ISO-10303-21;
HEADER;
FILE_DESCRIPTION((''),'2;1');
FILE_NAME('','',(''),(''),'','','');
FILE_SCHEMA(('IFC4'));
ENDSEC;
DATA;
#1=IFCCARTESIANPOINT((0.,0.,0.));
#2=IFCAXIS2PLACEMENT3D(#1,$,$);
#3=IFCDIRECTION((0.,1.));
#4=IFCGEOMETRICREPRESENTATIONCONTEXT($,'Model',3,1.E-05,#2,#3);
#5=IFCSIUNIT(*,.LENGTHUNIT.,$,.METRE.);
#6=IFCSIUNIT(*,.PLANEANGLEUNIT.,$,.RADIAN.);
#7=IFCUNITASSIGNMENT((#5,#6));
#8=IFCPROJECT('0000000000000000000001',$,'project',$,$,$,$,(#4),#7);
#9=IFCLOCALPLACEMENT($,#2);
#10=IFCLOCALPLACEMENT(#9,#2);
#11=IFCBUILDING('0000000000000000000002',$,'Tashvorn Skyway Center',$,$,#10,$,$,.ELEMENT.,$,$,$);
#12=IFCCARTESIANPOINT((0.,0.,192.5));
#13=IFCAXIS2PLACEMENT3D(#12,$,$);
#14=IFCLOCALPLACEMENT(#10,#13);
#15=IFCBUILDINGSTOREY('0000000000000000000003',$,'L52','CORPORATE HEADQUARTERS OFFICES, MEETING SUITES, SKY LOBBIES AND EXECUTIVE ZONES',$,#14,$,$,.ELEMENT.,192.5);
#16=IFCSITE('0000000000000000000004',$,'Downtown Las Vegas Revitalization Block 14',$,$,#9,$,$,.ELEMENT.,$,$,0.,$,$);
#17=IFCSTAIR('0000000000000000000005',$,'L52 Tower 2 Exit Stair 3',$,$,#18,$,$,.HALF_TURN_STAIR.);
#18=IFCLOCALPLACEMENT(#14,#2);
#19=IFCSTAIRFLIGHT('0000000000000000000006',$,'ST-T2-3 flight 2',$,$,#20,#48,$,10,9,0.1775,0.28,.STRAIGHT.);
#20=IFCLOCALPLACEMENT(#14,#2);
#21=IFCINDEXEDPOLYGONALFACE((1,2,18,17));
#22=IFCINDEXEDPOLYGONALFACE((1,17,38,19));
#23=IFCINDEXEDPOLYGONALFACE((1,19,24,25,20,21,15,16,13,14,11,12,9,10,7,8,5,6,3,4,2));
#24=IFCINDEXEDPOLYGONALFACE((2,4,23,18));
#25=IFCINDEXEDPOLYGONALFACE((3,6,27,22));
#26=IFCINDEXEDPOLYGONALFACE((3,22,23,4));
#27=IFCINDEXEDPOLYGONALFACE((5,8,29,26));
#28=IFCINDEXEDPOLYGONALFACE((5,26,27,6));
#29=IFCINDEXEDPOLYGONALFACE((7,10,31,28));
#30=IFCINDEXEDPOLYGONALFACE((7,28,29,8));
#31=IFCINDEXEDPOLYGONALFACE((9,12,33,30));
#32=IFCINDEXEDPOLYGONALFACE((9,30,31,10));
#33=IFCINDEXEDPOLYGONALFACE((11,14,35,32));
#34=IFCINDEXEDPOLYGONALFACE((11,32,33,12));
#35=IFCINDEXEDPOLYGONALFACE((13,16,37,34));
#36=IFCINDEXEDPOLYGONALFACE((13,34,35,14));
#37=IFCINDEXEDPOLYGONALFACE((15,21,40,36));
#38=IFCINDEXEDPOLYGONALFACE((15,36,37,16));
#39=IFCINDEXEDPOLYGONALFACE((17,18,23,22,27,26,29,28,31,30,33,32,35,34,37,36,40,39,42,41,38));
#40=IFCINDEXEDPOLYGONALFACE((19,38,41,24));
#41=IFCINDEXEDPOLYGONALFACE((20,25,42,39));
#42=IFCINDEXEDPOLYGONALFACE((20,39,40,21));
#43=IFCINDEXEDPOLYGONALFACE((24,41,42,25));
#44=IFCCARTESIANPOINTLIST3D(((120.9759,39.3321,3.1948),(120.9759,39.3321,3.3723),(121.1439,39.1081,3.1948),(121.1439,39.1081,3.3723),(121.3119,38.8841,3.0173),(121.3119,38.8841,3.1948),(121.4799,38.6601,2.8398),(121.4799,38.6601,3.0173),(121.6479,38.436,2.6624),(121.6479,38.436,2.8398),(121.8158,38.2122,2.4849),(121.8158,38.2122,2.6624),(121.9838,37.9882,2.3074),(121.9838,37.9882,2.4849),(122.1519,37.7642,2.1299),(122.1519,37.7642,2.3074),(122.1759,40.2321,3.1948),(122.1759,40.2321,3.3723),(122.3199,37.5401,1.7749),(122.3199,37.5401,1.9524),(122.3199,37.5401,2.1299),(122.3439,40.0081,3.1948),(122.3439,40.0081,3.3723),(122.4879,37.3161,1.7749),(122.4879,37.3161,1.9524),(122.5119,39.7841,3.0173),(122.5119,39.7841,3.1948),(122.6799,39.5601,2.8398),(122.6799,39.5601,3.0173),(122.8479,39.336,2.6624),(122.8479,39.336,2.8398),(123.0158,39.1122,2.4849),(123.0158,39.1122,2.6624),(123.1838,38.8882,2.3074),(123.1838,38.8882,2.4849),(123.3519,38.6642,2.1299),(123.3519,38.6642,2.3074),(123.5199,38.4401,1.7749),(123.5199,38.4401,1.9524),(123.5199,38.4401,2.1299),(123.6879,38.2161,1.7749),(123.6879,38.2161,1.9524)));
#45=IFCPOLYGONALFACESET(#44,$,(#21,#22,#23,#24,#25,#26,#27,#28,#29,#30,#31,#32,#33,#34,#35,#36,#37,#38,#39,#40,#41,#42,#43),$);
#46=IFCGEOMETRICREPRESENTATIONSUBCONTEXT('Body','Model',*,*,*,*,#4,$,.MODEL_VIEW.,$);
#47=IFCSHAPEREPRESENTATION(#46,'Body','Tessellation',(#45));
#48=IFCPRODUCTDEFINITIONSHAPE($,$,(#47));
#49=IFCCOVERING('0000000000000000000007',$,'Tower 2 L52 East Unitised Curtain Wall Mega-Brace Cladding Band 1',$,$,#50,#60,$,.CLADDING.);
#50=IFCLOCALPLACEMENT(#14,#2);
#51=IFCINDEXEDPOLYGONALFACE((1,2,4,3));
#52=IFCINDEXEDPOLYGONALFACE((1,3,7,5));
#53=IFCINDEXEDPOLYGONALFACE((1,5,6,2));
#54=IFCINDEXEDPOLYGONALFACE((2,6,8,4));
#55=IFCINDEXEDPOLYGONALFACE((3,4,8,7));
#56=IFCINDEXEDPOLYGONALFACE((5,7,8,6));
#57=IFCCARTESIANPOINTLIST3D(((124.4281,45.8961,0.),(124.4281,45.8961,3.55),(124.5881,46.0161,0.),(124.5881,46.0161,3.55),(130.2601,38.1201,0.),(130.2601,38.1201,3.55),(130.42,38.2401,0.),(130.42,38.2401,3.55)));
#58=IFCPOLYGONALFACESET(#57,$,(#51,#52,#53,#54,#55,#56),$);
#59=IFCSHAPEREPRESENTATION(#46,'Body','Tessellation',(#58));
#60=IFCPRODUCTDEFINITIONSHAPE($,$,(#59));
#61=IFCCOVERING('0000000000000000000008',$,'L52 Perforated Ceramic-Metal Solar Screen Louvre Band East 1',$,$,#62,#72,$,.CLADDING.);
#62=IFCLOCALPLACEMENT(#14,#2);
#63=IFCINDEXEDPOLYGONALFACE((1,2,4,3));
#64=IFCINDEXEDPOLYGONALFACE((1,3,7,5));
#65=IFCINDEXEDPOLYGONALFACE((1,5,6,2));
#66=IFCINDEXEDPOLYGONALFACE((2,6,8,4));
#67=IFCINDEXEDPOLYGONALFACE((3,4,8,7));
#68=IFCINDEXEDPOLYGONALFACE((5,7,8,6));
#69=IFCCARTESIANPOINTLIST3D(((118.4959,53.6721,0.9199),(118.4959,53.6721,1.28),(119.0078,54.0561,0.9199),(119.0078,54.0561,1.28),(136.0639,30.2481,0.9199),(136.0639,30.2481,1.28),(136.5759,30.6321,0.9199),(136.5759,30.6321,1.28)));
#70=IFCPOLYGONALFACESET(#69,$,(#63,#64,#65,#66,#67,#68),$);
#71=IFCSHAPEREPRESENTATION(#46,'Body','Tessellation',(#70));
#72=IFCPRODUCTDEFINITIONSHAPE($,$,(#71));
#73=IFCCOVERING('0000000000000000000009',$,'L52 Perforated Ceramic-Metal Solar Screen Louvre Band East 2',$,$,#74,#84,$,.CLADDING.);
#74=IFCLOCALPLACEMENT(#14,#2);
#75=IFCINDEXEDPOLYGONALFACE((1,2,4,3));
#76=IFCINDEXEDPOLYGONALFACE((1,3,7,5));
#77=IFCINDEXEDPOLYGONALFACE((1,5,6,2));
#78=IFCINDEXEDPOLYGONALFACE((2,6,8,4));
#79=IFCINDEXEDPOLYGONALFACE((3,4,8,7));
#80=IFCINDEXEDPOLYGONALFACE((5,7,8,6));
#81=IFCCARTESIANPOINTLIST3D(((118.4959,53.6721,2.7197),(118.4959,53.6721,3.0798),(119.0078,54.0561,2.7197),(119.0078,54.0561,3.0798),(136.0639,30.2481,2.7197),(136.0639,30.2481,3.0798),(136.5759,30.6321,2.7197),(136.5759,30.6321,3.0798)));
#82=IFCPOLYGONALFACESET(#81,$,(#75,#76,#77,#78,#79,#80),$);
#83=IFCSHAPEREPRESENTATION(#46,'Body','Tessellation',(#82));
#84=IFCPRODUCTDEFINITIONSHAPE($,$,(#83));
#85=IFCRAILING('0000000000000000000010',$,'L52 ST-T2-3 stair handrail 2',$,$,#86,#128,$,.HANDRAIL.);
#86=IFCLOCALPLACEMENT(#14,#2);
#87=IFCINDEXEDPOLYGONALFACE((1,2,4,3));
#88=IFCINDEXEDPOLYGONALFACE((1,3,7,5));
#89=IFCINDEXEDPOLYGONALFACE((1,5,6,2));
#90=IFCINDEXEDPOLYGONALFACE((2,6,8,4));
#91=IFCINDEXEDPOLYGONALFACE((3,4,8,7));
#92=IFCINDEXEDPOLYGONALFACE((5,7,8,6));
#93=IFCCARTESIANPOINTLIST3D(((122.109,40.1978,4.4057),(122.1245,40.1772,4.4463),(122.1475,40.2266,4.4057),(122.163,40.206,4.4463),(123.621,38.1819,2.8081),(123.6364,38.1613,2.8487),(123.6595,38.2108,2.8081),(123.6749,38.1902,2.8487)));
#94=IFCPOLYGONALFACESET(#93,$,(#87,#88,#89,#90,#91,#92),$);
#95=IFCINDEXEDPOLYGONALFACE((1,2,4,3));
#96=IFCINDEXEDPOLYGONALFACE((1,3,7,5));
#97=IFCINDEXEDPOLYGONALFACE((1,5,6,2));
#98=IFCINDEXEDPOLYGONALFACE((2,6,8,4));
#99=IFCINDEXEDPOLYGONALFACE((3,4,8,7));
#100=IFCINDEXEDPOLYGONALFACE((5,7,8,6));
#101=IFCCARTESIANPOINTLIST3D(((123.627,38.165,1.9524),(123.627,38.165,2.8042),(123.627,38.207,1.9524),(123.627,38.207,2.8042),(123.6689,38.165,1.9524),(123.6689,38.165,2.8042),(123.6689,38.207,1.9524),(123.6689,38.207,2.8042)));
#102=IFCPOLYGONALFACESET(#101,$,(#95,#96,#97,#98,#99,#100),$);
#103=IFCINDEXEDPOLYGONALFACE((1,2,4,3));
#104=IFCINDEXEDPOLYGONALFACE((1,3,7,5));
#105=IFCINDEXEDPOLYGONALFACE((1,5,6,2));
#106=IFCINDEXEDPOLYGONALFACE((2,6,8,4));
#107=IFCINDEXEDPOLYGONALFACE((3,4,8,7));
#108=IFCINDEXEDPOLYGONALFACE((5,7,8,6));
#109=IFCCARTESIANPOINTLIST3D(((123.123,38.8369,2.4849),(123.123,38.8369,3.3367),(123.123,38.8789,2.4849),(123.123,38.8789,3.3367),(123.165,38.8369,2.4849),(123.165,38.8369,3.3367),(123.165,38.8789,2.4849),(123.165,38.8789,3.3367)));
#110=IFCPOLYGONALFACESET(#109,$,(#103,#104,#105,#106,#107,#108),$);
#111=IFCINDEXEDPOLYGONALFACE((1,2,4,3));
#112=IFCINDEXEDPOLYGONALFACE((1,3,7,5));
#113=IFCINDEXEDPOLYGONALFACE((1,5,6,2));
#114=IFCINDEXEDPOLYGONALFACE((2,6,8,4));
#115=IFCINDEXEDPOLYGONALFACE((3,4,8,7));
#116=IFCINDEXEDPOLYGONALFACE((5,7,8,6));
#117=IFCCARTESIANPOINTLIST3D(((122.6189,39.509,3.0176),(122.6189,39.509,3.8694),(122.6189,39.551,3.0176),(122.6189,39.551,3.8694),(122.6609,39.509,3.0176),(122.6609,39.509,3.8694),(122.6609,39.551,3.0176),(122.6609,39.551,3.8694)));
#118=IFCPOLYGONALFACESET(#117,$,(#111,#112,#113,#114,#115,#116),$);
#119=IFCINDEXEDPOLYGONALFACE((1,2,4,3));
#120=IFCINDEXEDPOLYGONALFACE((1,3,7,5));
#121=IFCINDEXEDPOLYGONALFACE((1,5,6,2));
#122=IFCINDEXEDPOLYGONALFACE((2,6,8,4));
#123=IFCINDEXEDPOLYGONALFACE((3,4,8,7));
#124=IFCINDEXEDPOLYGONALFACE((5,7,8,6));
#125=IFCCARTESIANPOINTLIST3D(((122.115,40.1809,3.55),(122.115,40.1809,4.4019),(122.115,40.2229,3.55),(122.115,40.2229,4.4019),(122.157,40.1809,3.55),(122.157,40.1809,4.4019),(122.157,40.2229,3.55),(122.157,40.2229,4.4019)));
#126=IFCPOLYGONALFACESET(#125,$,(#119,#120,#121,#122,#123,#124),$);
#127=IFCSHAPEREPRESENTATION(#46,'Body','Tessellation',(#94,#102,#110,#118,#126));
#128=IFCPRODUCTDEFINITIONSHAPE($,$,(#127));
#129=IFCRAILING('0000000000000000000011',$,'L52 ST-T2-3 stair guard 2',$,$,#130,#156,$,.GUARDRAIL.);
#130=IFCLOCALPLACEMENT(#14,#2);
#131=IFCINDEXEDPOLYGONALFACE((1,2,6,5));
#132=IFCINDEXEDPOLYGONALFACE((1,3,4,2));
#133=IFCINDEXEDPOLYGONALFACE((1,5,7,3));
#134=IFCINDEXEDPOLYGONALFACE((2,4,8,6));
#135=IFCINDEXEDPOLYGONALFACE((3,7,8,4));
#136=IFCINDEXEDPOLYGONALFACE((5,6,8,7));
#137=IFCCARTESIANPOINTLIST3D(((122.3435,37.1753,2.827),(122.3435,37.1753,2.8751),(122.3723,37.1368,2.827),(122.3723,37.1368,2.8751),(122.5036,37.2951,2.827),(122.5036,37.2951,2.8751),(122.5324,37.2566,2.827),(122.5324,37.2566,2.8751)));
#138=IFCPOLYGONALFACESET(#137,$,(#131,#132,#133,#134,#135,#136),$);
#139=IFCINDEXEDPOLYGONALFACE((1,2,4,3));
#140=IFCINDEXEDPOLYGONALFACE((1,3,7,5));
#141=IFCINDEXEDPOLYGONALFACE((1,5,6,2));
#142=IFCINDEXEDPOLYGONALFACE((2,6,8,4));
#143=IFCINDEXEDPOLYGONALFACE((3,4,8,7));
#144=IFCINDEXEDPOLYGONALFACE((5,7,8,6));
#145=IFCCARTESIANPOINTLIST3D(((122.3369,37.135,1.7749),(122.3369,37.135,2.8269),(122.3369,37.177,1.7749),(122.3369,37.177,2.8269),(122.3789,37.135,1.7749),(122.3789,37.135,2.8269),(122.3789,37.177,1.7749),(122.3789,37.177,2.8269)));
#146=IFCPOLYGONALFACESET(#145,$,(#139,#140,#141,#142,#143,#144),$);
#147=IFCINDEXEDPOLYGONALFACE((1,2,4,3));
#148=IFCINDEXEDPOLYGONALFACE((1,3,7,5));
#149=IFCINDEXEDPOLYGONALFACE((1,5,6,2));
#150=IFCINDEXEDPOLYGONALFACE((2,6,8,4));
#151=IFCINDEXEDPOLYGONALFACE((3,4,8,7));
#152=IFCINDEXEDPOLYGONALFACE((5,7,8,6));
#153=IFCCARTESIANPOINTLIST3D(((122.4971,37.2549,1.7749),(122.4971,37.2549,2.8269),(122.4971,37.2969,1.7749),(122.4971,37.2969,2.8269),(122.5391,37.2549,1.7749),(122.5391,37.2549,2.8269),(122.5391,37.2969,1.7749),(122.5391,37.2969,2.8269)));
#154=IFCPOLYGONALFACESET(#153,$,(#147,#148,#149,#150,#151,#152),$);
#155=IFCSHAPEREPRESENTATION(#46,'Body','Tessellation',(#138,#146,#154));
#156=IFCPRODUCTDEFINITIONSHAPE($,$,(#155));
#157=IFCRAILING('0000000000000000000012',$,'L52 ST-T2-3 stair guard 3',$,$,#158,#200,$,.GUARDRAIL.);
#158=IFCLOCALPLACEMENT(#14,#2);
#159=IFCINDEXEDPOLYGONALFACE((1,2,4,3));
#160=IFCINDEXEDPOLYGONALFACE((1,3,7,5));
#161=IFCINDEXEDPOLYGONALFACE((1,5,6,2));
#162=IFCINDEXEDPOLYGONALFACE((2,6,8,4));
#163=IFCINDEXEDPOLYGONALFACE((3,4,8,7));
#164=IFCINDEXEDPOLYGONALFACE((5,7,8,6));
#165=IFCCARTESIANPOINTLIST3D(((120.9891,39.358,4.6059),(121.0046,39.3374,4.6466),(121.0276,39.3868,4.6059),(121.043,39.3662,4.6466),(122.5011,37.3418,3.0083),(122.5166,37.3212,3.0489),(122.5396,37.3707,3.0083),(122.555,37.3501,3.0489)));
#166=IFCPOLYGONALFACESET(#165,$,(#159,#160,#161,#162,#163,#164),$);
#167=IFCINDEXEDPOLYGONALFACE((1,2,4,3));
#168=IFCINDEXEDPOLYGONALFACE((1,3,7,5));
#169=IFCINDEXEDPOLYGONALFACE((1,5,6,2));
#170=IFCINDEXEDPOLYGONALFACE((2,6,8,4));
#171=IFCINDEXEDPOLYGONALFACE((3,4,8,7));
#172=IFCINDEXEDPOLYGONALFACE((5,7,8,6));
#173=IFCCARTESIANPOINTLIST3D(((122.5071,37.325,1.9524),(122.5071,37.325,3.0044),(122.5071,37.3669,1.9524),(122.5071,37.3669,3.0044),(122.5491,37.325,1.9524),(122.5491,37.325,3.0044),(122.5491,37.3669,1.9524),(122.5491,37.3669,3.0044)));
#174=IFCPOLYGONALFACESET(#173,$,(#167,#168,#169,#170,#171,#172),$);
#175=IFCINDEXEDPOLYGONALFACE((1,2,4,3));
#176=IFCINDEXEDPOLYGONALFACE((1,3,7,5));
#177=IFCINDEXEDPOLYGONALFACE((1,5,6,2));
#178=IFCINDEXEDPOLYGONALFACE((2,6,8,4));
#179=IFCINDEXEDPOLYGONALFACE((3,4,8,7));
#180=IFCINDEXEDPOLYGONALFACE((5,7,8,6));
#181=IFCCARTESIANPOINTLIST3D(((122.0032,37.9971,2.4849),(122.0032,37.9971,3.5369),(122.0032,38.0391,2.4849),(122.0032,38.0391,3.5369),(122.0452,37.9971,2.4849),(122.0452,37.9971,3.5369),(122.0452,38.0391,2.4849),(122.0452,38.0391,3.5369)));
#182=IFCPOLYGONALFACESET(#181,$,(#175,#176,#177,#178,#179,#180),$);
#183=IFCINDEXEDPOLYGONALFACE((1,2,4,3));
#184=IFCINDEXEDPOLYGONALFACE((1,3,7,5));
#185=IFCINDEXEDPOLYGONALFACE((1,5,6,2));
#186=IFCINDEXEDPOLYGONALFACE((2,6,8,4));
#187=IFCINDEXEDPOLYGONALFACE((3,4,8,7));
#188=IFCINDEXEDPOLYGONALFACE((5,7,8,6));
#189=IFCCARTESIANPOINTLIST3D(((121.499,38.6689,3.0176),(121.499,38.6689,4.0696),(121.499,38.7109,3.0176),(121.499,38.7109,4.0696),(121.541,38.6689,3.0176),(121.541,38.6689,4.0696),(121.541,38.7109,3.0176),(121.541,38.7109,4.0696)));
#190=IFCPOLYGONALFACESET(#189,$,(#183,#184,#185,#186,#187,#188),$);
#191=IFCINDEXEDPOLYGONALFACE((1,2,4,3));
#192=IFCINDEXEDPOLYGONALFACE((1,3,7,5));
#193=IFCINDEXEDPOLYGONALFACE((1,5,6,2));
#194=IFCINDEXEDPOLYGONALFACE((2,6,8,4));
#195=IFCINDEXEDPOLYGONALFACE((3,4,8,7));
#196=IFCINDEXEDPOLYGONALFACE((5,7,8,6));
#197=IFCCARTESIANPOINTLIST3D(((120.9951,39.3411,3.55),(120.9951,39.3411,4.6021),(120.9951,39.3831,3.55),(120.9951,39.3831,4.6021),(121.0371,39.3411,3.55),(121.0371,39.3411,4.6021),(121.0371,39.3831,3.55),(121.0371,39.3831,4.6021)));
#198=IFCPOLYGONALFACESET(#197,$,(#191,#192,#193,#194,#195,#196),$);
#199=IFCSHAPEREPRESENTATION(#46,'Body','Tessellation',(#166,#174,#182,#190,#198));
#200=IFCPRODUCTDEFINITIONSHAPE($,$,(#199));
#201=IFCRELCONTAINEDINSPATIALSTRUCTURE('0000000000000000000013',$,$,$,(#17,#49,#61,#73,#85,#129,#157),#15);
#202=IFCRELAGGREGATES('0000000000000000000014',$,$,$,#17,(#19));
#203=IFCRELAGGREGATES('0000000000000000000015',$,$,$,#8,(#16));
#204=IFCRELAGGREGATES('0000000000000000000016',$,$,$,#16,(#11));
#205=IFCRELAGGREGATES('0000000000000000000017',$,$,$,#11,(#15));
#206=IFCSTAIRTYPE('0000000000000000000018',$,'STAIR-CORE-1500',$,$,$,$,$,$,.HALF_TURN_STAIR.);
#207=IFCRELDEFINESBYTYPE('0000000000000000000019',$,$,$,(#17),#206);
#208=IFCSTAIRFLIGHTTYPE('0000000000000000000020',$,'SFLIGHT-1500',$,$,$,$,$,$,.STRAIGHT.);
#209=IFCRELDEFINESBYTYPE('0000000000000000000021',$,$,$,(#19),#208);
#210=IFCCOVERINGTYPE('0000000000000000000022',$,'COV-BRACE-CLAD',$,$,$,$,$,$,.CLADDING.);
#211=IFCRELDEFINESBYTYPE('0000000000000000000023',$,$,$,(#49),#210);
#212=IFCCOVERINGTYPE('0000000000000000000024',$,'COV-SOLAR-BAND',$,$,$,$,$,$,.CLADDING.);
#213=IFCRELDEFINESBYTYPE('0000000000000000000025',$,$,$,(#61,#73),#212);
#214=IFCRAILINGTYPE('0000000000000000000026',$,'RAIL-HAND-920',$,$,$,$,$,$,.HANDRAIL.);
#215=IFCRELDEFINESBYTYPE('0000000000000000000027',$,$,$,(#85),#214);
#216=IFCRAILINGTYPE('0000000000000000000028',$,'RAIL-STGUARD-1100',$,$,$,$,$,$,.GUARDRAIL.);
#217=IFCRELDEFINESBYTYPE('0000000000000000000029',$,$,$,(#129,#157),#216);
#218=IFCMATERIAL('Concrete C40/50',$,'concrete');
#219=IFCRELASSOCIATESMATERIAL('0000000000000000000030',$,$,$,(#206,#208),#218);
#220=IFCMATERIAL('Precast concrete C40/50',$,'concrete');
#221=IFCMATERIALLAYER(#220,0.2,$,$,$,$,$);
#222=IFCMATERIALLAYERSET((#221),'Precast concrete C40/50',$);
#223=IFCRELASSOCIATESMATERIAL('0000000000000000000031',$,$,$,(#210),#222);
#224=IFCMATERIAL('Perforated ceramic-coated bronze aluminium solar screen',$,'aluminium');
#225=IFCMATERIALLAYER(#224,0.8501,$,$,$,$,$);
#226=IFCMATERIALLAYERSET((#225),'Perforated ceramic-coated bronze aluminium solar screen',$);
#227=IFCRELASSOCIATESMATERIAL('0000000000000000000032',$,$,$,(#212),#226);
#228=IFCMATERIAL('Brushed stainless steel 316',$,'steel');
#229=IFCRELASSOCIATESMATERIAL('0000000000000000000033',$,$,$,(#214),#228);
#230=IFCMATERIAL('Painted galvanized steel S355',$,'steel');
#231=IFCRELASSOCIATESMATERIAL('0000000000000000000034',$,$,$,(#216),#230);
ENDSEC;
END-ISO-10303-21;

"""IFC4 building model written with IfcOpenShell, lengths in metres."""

from ifc_helpers import new_model, si_unit, direction, frame, origin, origin_2d, place, context, subcontext, project, spatial, polyline, rectangle, outline, extrude, material, layer, layer_set, type_object, element, aggregate, save


model = new_model("IFC4")

# Units and contexts
model_context = context("Model", 3, precision=1e-05, world=origin(), true_north=direction((0.0, 1.0)))
body_context = subcontext(model_context, "Body", "Model", "MODEL_VIEW")
ifc_project = project(units=[si_unit("LENGTHUNIT", "METRE"), si_unit("PLANEANGLEUNIT", "RADIAN")], contexts=[model_context])

# Site, building, storey
site_placement = place(None, origin())
site = spatial("IfcSite", under=ifc_project, at=site_placement, Name="Downtown Las Vegas Revitalization Block 14", CompositionType="ELEMENT", RefElevation=0.0)
building_placement = place(site_placement, origin())
building = spatial("IfcBuilding", under=site, at=building_placement, Name="Tashvorn Skyway Center", CompositionType="ELEMENT")
storey_placement = place(building_placement, frame((0.0, 0.0, 192.5)))
storey = spatial("IfcBuildingStorey", under=building, at=storey_placement, Name="L52", Description="CORPORATE HEADQUARTERS OFFICES, MEETING SUITES, SKY LOBBIES AND EXECUTIVE ZONES", CompositionType="ELEMENT", Elevation=192.5)

# Shared definitions
ifc_material_1 = material(Name="Concrete C40/50", Category="concrete")

# Stair, stair flight
stair_type = type_object("IfcStairType", Name="STAIR-CORE-1500", PredefinedType="HALF_TURN_STAIR", material=ifc_material_1)
stair_placement = place(storey_placement, origin())
stair = element("IfcStair", 1, at=stair_placement, inside=storey, type_object=stair_type, Name="L52 Tower 2 Exit Stair 3", PredefinedType="HALF_TURN_STAIR")
stair_flight_type = type_object("IfcStairFlightType", Name="SFLIGHT-1500", PredefinedType="STRAIGHT", material=ifc_material_1)
stair_flight_placement = place(storey_placement, frame((123.0879, 37.7661, 1.7749), z_axis=(0.0, 0.0, 1.0), x_axis=(-0.6, 0.8, 0.0)))
stair_flight = element("IfcStairFlight", 2, at=stair_flight_placement, type_object=stair_flight_type, Name="ST-T2-3 flight 2", NumberOfRisers=10, NumberOfTreads=9, PredefinedType="STRAIGHT", RiserHeight=0.1775, TreadLength=0.28, context=body_context, shape_type="SweptSolid", body=[
    extrude(outline(polyline([(0.0, 0.0), (0.0, 0.1775), (0.28, 0.1775), (0.28, 0.355), (0.5601, 0.355), (0.5601, 0.5325), (0.8401, 0.5325), (0.8401, 0.71), (1.1201, 0.71), (1.1201, 0.8875), (1.3999, 0.8875), (1.3999, 1.0649), (1.6799, 1.0649), (1.6799, 1.2424), (1.96, 1.2424), (1.96, 1.4199), (2.24, 1.4199), (2.24, 1.5974), (2.52, 1.5974), (2.52, 1.7749), (2.52, 1.4199), (0.28, 0.0), (0.0, 0.0)])), frame((0.0, 0.75, 0.0), z_axis=(0.0, -1.0, 0.0), x_axis=(1.0, 0.0, 0.0)), (0.0, 0.0, 1.0), 1.5),
])
aggregate(stair, [stair_flight])

# Coverings
ifc_material_2 = material(Name="Precast concrete C40/50", Category="concrete")
ifc_layer_1 = layer(ifc_material_2, 0.2)
ifc_layer_set_1 = layer_set([ifc_layer_1], Name="Precast concrete C40/50")
covering_type_1 = type_object("IfcCoveringType", Name="COV-BRACE-CLAD", PredefinedType="CLADDING", material=ifc_layer_set_1)
covering_placement = place(storey_placement, frame((127.4241, 42.0681, 0.0), z_axis=(0.0, 0.0, 1.0), x_axis=(0.6, -0.8, 0.0)))
element("IfcCovering", 3, at=covering_placement, inside=storey, type_object=covering_type_1, Name="Tower 2 L52 East Unitised Curtain Wall Mega-Brace Cladding Band 1", PredefinedType="CLADDING", context=body_context, shape_type="SweptSolid", body=[
    extrude(rectangle(XDim=9.72, YDim=0.2, at=origin_2d()), origin(), (0.0, 0.0, 1.0), 3.55),
])
ifc_material_3 = material(Name="Perforated ceramic-coated bronze aluminium solar screen", Category="aluminium")
ifc_layer_2 = layer(ifc_material_3, 0.8501)
ifc_layer_set_2 = layer_set([ifc_layer_2], Name="Perforated ceramic-coated bronze aluminium solar screen")
covering_type_2 = type_object("IfcCoveringType", Name="COV-SOLAR-BAND", PredefinedType="CLADDING", material=ifc_layer_set_2)
for number, where, z_axis, x_axis, name in (
    (4, (127.5359, 42.1521, 0.9199), (0.0, 0.0, 1.0), (0.6, -0.8, 0.0), "L52 Perforated Ceramic-Metal Solar Screen Louvre Band East 1"),
    (5, (127.5359, 42.1521, 2.7197), (0.0, 0.0, 1.0), (0.6, -0.8, 0.0), "L52 Perforated Ceramic-Metal Solar Screen Louvre Band East 2"),
):
    element("IfcCovering", number, at=place(storey_placement, frame(where, z_axis=z_axis, x_axis=x_axis)), inside=storey, type_object=covering_type_2, Name=name, PredefinedType="CLADDING", context=body_context, shape_type="SweptSolid", body=[
        extrude(rectangle(XDim=29.28, YDim=0.6399, at=origin_2d()), origin(), (0.0, 0.0, 1.0), 0.3601),
    ])

# Railings
ifc_material_4 = material(Name="Brushed stainless steel 316", Category="steel")
railing_type_1 = type_object("IfcRailingType", Name="RAIL-HAND-920", PredefinedType="HANDRAIL", material=ifc_material_4)
railing_1_placement = place(storey_placement, frame((123.6479, 38.186, 1.9524)))
element("IfcRailing", 6, at=railing_1_placement, inside=storey, type_object=railing_type_1, Name="L52 ST-T2-3 stair handrail 2", PredefinedType="HANDRAIL", context=body_context, shape_type="SweptSolid", body=[
    extrude(rectangle(XDim=0.0481, YDim=0.0481, at=origin_2d()), frame((0.0, 0.0, 0.876), z_axis=(-0.506747, 0.675635, 0.535467), x_axis=(-0.799988, -0.600016, 0.0)), (0.0, 0.0, 1.0), 2.9836),
    extrude(rectangle(XDim=0.042, YDim=0.042, at=origin_2d()), origin(), (0.0, 0.0, 1.0), 0.8518),
    extrude(rectangle(XDim=0.042, YDim=0.042, at=origin_2d()), frame((-0.5039, 0.6719, 0.5325)), (0.0, 0.0, 1.0), 0.8518),
    extrude(rectangle(XDim=0.042, YDim=0.042, at=origin_2d()), frame((-1.0081, 1.344, 1.0652)), (0.0, 0.0, 1.0), 0.8518),
    extrude(rectangle(XDim=0.042, YDim=0.042, at=origin_2d()), frame((-1.512, 2.0159, 1.5977)), (0.0, 0.0, 1.0), 0.8518),
])
ifc_material_5 = material(Name="Painted galvanized steel S355", Category="steel")
railing_type_2 = type_object("IfcRailingType", Name="RAIL-STGUARD-1100", PredefinedType="GUARDRAIL", material=ifc_material_5)
railing_2_placement = place(storey_placement, frame((122.3579, 37.156, 1.7749)))
element("IfcRailing", 7, at=railing_2_placement, inside=storey, type_object=railing_type_2, Name="L52 ST-T2-3 stair guard 2", PredefinedType="GUARDRAIL", context=body_context, shape_type="SweptSolid", body=[
    extrude(rectangle(XDim=0.0481, YDim=0.0481, at=origin_2d()), frame((0.0, 0.0, 1.0762), z_axis=(0.800585, 0.599219, 0.0), x_axis=(-0.599219, 0.800585, 0.0)), (0.0, 0.0, 1.0), 0.2),
    extrude(rectangle(XDim=0.042, YDim=0.042, at=origin_2d()), origin(), (0.0, 0.0, 1.0), 1.052),
    extrude(rectangle(XDim=0.042, YDim=0.042, at=origin_2d()), frame((0.1602, 0.1199, 0.0)), (0.0, 0.0, 1.0), 1.052),
])
railing_3_placement = place(storey_placement, frame((122.5281, 37.3459, 1.9524)))
element("IfcRailing", 8, at=railing_3_placement, inside=storey, type_object=railing_type_2, Name="L52 ST-T2-3 stair guard 3", PredefinedType="GUARDRAIL", context=body_context, shape_type="SweptSolid", body=[
    extrude(rectangle(XDim=0.0481, YDim=0.0481, at=origin_2d()), frame((0.0, 0.0, 1.0762), z_axis=(-0.506719, 0.675679, 0.535438), x_axis=(-0.800023, -0.599969, 0.0)), (0.0, 0.0, 1.0), 2.9839),
    extrude(rectangle(XDim=0.042, YDim=0.042, at=origin_2d()), origin(), (0.0, 0.0, 1.0), 1.052),
    extrude(rectangle(XDim=0.042, YDim=0.042, at=origin_2d()), frame((-0.5039, 0.6721, 0.5325)), (0.0, 0.0, 1.0), 1.052),
    extrude(rectangle(XDim=0.042, YDim=0.042, at=origin_2d()), frame((-1.0081, 1.344, 1.0652)), (0.0, 0.0, 1.0), 1.052),
    extrude(rectangle(XDim=0.042, YDim=0.042, at=origin_2d()), frame((-1.512, 2.0161, 1.5977)), (0.0, 0.0, 1.0), 1.052),
])

save(model, "model.ifc")
